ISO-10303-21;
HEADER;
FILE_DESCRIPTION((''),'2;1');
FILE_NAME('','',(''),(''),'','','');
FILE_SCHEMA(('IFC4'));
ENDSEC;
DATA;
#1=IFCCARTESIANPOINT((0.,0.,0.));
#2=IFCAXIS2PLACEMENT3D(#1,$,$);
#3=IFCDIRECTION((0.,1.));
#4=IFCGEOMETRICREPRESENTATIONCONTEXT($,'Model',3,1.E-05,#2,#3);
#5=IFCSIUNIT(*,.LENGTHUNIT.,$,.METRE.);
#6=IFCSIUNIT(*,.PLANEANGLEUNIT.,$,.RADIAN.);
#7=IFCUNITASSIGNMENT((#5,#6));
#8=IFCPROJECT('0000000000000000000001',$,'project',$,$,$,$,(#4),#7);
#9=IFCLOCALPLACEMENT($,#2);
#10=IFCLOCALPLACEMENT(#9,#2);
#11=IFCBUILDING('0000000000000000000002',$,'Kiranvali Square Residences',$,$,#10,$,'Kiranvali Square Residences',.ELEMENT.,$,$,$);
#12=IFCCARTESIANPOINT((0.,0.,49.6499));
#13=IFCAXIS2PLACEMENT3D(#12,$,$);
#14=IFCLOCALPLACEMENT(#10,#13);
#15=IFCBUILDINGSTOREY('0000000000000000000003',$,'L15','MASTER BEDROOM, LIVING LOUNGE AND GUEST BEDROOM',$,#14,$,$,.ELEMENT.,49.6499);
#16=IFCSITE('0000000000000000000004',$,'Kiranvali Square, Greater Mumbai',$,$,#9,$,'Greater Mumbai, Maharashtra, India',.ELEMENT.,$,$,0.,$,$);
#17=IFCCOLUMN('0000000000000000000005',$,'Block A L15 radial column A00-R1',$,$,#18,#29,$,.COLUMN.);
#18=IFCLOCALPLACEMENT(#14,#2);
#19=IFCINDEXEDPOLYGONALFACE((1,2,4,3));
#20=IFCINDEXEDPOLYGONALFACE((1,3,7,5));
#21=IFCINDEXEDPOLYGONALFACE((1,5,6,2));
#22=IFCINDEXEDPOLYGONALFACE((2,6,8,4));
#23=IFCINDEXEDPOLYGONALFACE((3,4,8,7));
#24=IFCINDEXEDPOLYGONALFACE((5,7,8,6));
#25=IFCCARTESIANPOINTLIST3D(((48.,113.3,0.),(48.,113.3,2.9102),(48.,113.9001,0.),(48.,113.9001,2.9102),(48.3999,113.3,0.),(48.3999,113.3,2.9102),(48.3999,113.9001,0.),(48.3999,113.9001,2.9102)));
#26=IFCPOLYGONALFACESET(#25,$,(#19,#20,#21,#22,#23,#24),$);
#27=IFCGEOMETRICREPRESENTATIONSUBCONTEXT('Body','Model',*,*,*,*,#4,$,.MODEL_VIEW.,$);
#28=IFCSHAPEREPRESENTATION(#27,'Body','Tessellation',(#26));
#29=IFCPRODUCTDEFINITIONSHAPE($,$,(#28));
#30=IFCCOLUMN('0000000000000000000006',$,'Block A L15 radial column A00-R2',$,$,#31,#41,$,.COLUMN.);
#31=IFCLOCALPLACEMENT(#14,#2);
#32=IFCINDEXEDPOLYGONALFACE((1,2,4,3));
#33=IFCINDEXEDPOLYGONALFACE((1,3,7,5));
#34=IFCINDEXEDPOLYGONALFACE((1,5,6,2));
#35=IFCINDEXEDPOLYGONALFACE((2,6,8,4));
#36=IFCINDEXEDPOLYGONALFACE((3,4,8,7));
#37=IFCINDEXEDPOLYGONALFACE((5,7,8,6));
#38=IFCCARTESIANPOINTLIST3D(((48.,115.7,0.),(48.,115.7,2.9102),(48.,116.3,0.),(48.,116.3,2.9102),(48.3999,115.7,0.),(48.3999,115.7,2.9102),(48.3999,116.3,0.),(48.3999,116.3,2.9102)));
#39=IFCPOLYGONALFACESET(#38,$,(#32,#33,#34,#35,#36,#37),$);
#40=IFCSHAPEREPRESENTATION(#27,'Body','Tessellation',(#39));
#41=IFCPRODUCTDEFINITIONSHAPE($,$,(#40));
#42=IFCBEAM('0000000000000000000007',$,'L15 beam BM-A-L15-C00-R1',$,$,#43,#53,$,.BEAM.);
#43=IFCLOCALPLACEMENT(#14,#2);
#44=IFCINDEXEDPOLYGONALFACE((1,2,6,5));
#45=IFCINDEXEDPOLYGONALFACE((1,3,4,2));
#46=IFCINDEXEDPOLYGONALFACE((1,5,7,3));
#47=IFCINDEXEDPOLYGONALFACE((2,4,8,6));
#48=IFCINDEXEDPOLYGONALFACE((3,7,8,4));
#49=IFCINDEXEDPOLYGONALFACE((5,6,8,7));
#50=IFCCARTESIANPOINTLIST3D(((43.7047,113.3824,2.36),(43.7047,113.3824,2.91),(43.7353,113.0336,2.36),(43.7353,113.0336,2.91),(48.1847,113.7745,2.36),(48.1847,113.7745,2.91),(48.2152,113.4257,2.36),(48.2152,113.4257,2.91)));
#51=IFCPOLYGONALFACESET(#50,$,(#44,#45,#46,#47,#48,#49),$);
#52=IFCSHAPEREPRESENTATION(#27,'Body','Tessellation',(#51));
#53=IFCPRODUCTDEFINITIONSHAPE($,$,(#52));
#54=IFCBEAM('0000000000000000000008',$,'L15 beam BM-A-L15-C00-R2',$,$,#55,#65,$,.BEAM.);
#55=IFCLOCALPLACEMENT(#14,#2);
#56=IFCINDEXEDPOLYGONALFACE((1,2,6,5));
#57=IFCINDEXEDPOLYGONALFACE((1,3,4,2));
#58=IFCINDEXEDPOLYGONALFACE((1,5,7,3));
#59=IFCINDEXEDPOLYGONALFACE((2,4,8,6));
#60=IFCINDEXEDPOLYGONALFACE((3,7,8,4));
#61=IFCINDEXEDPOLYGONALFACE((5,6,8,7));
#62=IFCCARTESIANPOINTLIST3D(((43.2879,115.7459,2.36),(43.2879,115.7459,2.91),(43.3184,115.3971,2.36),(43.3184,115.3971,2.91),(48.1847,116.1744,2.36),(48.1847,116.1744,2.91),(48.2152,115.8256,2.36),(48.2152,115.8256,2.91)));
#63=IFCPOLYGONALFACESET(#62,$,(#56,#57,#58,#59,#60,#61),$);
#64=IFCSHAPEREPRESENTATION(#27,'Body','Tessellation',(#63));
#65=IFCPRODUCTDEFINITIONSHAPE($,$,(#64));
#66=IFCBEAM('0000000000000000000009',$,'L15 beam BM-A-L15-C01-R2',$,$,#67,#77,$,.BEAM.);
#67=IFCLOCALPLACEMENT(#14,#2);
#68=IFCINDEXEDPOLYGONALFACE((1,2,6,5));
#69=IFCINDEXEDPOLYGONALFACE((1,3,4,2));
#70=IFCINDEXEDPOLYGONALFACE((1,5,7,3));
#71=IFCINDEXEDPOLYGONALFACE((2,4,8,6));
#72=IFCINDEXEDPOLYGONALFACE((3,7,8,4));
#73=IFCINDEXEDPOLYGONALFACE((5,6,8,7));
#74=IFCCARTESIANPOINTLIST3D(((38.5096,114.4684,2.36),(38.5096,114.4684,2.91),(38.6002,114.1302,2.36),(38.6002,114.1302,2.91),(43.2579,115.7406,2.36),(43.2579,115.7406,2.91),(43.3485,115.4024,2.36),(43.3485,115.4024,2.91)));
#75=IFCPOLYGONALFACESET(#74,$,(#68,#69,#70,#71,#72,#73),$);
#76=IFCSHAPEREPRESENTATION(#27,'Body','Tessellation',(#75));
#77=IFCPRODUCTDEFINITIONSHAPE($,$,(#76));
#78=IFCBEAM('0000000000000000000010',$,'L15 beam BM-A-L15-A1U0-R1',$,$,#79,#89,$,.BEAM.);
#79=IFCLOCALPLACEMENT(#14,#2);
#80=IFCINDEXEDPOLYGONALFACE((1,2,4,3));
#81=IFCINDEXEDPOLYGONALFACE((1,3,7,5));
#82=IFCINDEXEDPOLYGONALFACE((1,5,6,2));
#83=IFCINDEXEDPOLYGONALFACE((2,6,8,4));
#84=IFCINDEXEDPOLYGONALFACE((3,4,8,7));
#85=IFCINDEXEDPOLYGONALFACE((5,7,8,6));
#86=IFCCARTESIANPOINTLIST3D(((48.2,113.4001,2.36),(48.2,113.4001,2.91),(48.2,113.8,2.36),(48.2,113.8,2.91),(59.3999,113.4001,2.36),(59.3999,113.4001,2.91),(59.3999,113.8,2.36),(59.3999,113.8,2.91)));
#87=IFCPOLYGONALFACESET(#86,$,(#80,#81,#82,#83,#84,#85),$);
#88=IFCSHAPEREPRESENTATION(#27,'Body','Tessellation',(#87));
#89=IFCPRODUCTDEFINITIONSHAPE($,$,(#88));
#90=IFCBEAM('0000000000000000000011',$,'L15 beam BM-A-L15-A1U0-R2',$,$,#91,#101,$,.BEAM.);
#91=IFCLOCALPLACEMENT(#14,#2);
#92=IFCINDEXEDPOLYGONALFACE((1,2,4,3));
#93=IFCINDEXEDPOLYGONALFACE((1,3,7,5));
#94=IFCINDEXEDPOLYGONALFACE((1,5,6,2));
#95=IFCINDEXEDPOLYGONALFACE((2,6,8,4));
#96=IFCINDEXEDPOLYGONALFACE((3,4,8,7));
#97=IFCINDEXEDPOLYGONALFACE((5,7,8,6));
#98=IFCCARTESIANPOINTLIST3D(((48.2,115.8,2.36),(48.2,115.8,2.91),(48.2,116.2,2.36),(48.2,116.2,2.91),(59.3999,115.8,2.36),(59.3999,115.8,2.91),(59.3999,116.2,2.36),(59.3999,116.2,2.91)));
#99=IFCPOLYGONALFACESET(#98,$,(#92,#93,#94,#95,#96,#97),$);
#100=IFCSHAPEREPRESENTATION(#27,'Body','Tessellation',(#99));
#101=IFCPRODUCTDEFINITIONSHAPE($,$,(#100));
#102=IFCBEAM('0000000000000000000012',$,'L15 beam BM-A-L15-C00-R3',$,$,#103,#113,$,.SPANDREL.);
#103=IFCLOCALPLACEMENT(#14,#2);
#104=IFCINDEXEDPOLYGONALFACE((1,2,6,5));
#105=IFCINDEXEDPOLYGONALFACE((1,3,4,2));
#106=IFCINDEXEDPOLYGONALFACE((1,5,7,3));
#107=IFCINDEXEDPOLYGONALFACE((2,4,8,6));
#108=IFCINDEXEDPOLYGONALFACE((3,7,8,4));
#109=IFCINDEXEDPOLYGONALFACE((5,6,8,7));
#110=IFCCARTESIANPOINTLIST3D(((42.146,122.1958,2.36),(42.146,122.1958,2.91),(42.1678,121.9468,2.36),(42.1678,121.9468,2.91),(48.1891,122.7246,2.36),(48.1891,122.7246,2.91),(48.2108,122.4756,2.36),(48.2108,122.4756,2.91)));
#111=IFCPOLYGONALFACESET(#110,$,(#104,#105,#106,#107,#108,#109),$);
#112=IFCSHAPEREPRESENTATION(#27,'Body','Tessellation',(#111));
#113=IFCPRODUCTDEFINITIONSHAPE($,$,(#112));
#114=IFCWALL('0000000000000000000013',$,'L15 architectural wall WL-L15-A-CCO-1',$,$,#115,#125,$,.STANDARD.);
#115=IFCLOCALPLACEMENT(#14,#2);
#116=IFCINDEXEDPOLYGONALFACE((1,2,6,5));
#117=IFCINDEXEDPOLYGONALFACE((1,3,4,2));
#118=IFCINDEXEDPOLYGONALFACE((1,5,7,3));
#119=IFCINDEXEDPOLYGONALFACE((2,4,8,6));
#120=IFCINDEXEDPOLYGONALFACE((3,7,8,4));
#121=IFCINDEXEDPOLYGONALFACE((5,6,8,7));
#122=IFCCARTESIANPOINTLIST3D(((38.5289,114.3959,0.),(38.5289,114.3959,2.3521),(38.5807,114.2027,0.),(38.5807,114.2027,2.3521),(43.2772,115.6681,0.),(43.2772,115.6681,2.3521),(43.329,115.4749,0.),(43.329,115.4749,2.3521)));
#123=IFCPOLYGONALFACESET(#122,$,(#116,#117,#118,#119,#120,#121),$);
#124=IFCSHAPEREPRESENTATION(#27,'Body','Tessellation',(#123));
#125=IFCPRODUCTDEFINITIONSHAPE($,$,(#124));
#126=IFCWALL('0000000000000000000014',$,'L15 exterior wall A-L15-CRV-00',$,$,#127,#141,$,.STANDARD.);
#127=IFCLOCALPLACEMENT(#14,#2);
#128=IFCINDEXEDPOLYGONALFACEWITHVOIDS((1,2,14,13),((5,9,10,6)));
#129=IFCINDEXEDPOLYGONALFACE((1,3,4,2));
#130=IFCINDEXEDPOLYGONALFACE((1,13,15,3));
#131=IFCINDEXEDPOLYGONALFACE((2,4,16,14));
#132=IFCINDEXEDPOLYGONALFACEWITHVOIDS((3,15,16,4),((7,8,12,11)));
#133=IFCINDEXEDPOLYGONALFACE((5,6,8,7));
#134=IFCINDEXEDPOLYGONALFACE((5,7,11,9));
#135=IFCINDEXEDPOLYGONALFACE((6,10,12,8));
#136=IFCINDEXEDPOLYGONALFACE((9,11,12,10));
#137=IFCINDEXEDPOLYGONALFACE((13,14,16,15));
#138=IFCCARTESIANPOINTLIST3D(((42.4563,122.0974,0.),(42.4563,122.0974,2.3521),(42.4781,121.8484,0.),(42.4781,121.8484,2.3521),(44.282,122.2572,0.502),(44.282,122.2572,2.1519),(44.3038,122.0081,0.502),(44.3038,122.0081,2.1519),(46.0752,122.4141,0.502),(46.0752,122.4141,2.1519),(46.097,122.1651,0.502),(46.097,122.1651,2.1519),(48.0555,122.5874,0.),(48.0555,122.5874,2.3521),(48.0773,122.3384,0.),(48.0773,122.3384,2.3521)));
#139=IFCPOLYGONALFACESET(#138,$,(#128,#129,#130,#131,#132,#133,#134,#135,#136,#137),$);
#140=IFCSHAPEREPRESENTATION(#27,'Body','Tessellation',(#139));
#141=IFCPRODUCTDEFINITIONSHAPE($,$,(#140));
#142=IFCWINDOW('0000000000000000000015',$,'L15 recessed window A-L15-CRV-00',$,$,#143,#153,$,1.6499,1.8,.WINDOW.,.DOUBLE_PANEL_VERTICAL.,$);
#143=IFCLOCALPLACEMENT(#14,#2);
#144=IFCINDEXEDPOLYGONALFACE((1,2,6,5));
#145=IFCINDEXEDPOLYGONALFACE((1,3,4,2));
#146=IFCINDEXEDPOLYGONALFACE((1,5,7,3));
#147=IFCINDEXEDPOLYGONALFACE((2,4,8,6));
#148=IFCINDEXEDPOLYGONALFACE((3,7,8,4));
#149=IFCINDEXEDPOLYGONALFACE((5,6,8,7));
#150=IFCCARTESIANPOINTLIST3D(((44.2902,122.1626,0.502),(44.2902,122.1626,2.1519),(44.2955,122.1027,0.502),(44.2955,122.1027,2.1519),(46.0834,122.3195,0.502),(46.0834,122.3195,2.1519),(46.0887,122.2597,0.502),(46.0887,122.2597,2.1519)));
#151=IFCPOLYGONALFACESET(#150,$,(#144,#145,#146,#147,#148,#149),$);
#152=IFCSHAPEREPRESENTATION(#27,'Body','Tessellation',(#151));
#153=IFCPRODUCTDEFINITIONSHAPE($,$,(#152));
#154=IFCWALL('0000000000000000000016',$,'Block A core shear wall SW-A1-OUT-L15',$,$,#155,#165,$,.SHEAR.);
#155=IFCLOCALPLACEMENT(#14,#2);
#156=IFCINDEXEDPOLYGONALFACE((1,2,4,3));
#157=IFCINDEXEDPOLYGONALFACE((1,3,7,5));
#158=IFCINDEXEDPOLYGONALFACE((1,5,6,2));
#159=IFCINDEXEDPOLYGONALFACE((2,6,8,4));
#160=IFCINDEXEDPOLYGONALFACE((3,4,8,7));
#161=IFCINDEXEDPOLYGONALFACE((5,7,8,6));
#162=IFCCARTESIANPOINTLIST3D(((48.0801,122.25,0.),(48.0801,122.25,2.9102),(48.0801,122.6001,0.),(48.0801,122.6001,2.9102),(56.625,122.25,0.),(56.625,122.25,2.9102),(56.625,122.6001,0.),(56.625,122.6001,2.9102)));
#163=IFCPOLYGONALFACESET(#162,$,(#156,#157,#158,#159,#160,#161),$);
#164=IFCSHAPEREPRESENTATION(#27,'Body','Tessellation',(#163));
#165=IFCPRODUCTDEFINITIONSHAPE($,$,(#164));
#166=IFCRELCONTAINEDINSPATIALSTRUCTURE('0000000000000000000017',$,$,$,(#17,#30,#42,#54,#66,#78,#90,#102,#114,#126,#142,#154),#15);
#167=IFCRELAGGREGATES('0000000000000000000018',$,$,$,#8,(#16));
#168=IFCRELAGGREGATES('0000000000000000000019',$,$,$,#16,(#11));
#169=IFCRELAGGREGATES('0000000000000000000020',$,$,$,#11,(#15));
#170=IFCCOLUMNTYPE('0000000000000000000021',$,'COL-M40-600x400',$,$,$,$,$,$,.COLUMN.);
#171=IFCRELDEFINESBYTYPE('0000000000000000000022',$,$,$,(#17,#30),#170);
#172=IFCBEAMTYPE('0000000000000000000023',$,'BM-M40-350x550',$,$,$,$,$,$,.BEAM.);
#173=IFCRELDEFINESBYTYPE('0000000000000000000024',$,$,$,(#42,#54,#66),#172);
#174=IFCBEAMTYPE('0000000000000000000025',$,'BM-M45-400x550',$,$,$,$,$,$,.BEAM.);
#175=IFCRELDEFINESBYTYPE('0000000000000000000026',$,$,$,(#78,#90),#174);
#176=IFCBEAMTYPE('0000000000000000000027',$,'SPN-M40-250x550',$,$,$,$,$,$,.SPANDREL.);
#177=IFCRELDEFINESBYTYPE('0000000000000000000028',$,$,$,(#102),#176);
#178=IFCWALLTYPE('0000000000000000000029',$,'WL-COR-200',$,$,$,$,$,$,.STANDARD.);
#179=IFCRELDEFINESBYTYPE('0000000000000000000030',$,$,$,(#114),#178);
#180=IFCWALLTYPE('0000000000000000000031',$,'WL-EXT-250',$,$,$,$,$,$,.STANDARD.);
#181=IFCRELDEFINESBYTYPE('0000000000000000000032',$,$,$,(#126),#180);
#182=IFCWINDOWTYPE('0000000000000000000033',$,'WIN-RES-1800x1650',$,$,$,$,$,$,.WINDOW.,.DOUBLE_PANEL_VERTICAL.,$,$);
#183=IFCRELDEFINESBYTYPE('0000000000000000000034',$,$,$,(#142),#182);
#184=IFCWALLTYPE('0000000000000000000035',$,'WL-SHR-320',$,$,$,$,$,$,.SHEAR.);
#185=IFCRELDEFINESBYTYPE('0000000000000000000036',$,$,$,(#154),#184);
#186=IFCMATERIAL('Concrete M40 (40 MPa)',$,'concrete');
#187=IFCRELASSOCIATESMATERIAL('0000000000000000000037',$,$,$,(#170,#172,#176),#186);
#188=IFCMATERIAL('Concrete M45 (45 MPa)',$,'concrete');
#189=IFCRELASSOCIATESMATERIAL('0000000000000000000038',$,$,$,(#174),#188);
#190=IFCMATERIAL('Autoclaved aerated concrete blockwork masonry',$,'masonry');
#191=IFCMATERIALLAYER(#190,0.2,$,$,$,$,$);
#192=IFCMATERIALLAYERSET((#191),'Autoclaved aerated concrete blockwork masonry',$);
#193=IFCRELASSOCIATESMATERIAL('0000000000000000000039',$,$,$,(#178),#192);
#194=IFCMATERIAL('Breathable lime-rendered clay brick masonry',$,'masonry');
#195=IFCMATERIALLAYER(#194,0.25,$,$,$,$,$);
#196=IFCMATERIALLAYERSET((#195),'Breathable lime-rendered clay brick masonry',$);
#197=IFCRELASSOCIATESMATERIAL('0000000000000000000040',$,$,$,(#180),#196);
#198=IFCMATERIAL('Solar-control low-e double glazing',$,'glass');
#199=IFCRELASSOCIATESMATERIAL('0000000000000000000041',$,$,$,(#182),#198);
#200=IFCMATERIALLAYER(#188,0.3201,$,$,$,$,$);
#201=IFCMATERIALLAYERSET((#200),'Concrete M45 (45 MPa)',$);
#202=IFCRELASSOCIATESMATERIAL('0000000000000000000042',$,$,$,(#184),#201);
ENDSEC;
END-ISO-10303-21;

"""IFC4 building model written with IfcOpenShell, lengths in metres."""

from ifc_helpers import new_model, si_unit, direction, frame, frame_2d, origin, origin_2d, place, context, subcontext, project, spatial, rectangle, extrude, material, layer, layer_set, material_profile, profile_set, type_object, element, fill, save


model = new_model("IFC4")

# Units and contexts
model_context = context("Model", 3, precision=1e-05, world=origin(), true_north=direction((0.0, 1.0)))
body_context = subcontext(model_context, "Body", "Model", "MODEL_VIEW")
ifc_project = project(units=[si_unit("LENGTHUNIT", "METRE"), si_unit("PLANEANGLEUNIT", "RADIAN")], contexts=[model_context])

# Site, building, storey
site_placement = place(None, origin())
site = spatial("IfcSite", under=ifc_project, at=site_placement, Name="Kiranvali Square, Greater Mumbai", LongName="Greater Mumbai, Maharashtra, India", CompositionType="ELEMENT", RefElevation=0.0)
building_placement = place(site_placement, origin())
building = spatial("IfcBuilding", under=site, at=building_placement, Name="Kiranvali Square Residences", LongName="Kiranvali Square Residences", CompositionType="ELEMENT")
storey_placement = place(building_placement, frame((0.0, 0.0, 49.6499)))
storey = spatial("IfcBuildingStorey", under=building, at=storey_placement, Name="L15", Description="MASTER BEDROOM, LIVING LOUNGE AND GUEST BEDROOM", CompositionType="ELEMENT", Elevation=49.6499)

# Columns
ifc_material_1 = material(Name="Concrete M40 (40 MPa)", Category="concrete")
ifc_material_profile_1 = material_profile(ifc_material_1, rectangle(XDim=0.3999, YDim=0.6001, at=origin_2d()), Name="RC 600x400")
ifc_profile_set_1 = profile_set([ifc_material_profile_1], Name="Concrete M40 (40 MPa)")
column_type = type_object("IfcColumnType", Name="COL-M40-600x400", PredefinedType="COLUMN", material=ifc_profile_set_1)
for number, where, z_axis, x_axis, name in (
    (1, (48.2, 113.6001, 0.0), (0.0, 0.0, 1.0), (1.0, 0.0, 0.0), "Block A L15 radial column A00-R1"),
    (2, (48.2, 116.0, 0.0), (0.0, 0.0, 1.0), (1.0, 0.0, 0.0), "Block A L15 radial column A00-R2"),
):
    element("IfcColumn", number, at=place(storey_placement, frame(where, z_axis=z_axis, x_axis=x_axis)), inside=storey, type_object=column_type, Name=name, PredefinedType="COLUMN", context=body_context, shape_type="SweptSolid", body=[
        extrude(rectangle(XDim=0.3999, YDim=0.6001, at=origin_2d()), origin(), (0.0, 0.0, 1.0), 2.9102),
    ])

# Beams
ifc_material_profile_2 = material_profile(ifc_material_1, rectangle(XDim=0.3501, YDim=0.55, at=origin_2d()), Name="RC 350x550")
ifc_profile_set_2 = profile_set([ifc_material_profile_2], Name="Concrete M40 (40 MPa)")
beam_type_1 = type_object("IfcBeamType", Name="BM-M40-350x550", PredefinedType="BEAM", material=ifc_profile_set_2)
beam_1_placement = place(storey_placement, frame((48.2, 113.6001, 2.635), z_axis=(-0.996192, -0.087187, 0.0), x_axis=(0.087187, -0.996192, 0.0)))
element("IfcBeam", 3, at=beam_1_placement, inside=storey, type_object=beam_type_1, Name="L15 beam BM-A-L15-C00-R1", PredefinedType="BEAM", context=body_context, shape_type="SweptSolid", body=[
    extrude(rectangle(XDim=0.3501, YDim=0.55, at=origin_2d()), origin(), (0.0, 0.0, 1.0), 4.4971),
])
beam_2_placement = place(storey_placement, frame((48.2, 116.0, 2.635), z_axis=(-0.996194, -0.087168, 0.0), x_axis=(0.087168, -0.996194, 0.0)))
element("IfcBeam", 4, at=beam_2_placement, inside=storey, type_object=beam_type_1, Name="L15 beam BM-A-L15-C00-R2", PredefinedType="BEAM", context=body_context, shape_type="SweptSolid", body=[
    extrude(rectangle(XDim=0.3501, YDim=0.55, at=origin_2d()), origin(), (0.0, 0.0, 1.0), 4.9155),
])
beam_3_placement = place(storey_placement, frame((43.3032, 115.5715, 2.635), z_axis=(-0.96593, -0.258803, 0.0), x_axis=(0.258803, -0.96593, 0.0)))
element("IfcBeam", 5, at=beam_3_placement, inside=storey, type_object=beam_type_1, Name="L15 beam BM-A-L15-C01-R2", PredefinedType="BEAM", context=body_context, shape_type="SweptSolid", body=[
    extrude(rectangle(XDim=0.3501, YDim=0.55, at=origin_2d()), origin(), (0.0, 0.0, 1.0), 4.9158),
])
ifc_material_2 = material(Name="Concrete M45 (45 MPa)", Category="concrete")
ifc_material_profile_3 = material_profile(ifc_material_2, rectangle(XDim=0.3999, YDim=0.55, at=origin_2d()), Name="RC 400x550")
ifc_profile_set_3 = profile_set([ifc_material_profile_3], Name="Concrete M45 (45 MPa)")
beam_type_2 = type_object("IfcBeamType", Name="BM-M45-400x550", PredefinedType="BEAM", material=ifc_profile_set_3)
for number, where, z_axis, x_axis, name in (
    (6, (48.2, 113.6001, 2.635), (1.0, 0.0, 0.0), (0.0, 1.0, 0.0), "L15 beam BM-A-L15-A1U0-R1"),
    (7, (48.2, 116.0, 2.635), (1.0, 0.0, 0.0), (0.0, 1.0, 0.0), "L15 beam BM-A-L15-A1U0-R2"),
):
    element("IfcBeam", number, at=place(storey_placement, frame(where, z_axis=z_axis, x_axis=x_axis)), inside=storey, type_object=beam_type_2, Name=name, PredefinedType="BEAM", context=body_context, shape_type="SweptSolid", body=[
        extrude(rectangle(XDim=0.3999, YDim=0.55, at=origin_2d()), origin(), (0.0, 0.0, 1.0), 11.2),
    ])
ifc_material_profile_4 = material_profile(ifc_material_1, rectangle(XDim=0.25, YDim=0.55, at=origin_2d()), Name="RC 250x550")
ifc_profile_set_4 = profile_set([ifc_material_profile_4], Name="Concrete M40 (40 MPa)")
beam_type_3 = type_object("IfcBeamType", Name="SPN-M40-250x550", PredefinedType="SPANDREL", material=ifc_profile_set_4)
beam_4_placement = place(storey_placement, frame((48.2, 122.6001, 2.635), z_axis=(-0.996193, -0.087175, 0.0), x_axis=(0.087175, -0.996193, 0.0)))
element("IfcBeam", 8, at=beam_4_placement, inside=storey, type_object=beam_type_3, Name="L15 beam BM-A-L15-C00-R3", PredefinedType="SPANDREL", context=body_context, shape_type="SweptSolid", body=[
    extrude(rectangle(XDim=0.25, YDim=0.55, at=origin_2d()), origin(), (0.0, 0.0, 1.0), 6.0662),
])

# Shared definitions
ifc_material_3 = material(Name="Autoclaved aerated concrete blockwork masonry", Category="masonry")
ifc_layer_1 = layer(ifc_material_3, 0.2)
ifc_layer_set_1 = layer_set([ifc_layer_1], Name="Autoclaved aerated concrete blockwork masonry")
wall_type_1 = type_object("IfcWallType", Name="WL-COR-200", PredefinedType="STANDARD", material=ifc_layer_set_1)

# Wall
wall_1_placement = place(storey_placement, frame((43.3032, 115.5715, 0.0), z_axis=(0.0, 0.0, 1.0), x_axis=(-0.96593, -0.258803, 0.0)))
element("IfcWall", 9, at=wall_1_placement, inside=storey, type_object=wall_type_1, Name="L15 architectural wall WL-L15-A-CCO-1", PredefinedType="STANDARD", context=body_context, shape_type="SweptSolid", body=[
    extrude(rectangle(XDim=4.9158, YDim=0.2, at=frame_2d((2.458, 0.0))), origin(), (0.0, 0.0, 1.0), 2.3521),
])

# Wall, opening, window
ifc_material_4 = material(Name="Breathable lime-rendered clay brick masonry", Category="masonry")
ifc_layer_2 = layer(ifc_material_4, 0.25)
ifc_layer_set_2 = layer_set([ifc_layer_2], Name="Breathable lime-rendered clay brick masonry")
wall_type_2 = type_object("IfcWallType", Name="WL-EXT-250", PredefinedType="STANDARD", material=ifc_layer_set_2)
wall_2_placement = place(storey_placement, frame((48.0664, 122.4629, 0.0), z_axis=(0.0, 0.0, 1.0), x_axis=(-0.996193, -0.087179, 0.0)))
wall_2 = element("IfcWall", 10, at=wall_2_placement, inside=storey, type_object=wall_type_2, Name="L15 exterior wall A-L15-CRV-00", PredefinedType="STANDARD", context=body_context, shape_type="SweptSolid", body=[
    extrude(rectangle(XDim=5.6206, YDim=0.25, at=frame_2d((2.8103, 0.0))), origin(), (0.0, 0.0, 1.0), 2.3521),
])
opening_1_placement = place(wall_2_placement, frame((1.988, 0.0, 0.502)))
opening_1 = element("IfcOpeningElement", 11, at=opening_1_placement, cuts=wall_2, PredefinedType="OPENING", context=body_context, shape_type="SweptSolid", body=[
    extrude(rectangle(XDim=1.8, YDim=1.6499, at=frame_2d((0.8999, 0.825))), frame((0.0, 0.135, 0.0), z_axis=(0.0, -1.0, 0.0), x_axis=(1.0, 0.0, 0.0)), (0.0, 0.0, 1.0), 0.27),
])
ifc_material_5 = material(Name="Solar-control low-e double glazing", Category="glass")
window_type = type_object("IfcWindowType", Name="WIN-RES-1800x1650", PartitioningType="DOUBLE_PANEL_VERTICAL", PredefinedType="WINDOW", material=ifc_material_5)
window_placement = place(opening_1_placement, origin())
window = element("IfcWindow", 12, at=window_placement, inside=storey, type_object=window_type, Name="L15 recessed window A-L15-CRV-00", OverallHeight=1.6499, OverallWidth=1.8, PartitioningType="DOUBLE_PANEL_VERTICAL", PredefinedType="WINDOW", context=body_context, shape_type="SweptSolid", body=[
    extrude(rectangle(XDim=1.8, YDim=1.6499, at=frame_2d((0.8999, 0.825))), frame((0.0, 0.03, 0.0), z_axis=(0.0, -1.0, 0.0), x_axis=(1.0, 0.0, 0.0)), (0.0, 0.0, 1.0), 0.0601),
])
fill(opening_1, window)

# Wall
ifc_layer_3 = layer(ifc_material_2, 0.3201)
ifc_layer_set_3 = layer_set([ifc_layer_3], Name="Concrete M45 (45 MPa)")
wall_type_3 = type_object("IfcWallType", Name="WL-SHR-320", PredefinedType="SHEAR", material=ifc_layer_set_3)
wall_3_placement = place(storey_placement, frame((48.0801, 122.425, 0.0), z_axis=(0.0, 0.0, 1.0), x_axis=(1.0, 0.0, 0.0)))
element("IfcWall", 13, at=wall_3_placement, inside=storey, type_object=wall_type_3, Name="Block A core shear wall SW-A1-OUT-L15", PredefinedType="SHEAR", context=body_context, shape_type="SweptSolid", body=[
    extrude(rectangle(XDim=8.5449, YDim=0.3501, at=frame_2d((4.2725, 0.0))), origin(), (0.0, 0.0, 1.0), 2.9102),
])

save(model, "model.ifc")
